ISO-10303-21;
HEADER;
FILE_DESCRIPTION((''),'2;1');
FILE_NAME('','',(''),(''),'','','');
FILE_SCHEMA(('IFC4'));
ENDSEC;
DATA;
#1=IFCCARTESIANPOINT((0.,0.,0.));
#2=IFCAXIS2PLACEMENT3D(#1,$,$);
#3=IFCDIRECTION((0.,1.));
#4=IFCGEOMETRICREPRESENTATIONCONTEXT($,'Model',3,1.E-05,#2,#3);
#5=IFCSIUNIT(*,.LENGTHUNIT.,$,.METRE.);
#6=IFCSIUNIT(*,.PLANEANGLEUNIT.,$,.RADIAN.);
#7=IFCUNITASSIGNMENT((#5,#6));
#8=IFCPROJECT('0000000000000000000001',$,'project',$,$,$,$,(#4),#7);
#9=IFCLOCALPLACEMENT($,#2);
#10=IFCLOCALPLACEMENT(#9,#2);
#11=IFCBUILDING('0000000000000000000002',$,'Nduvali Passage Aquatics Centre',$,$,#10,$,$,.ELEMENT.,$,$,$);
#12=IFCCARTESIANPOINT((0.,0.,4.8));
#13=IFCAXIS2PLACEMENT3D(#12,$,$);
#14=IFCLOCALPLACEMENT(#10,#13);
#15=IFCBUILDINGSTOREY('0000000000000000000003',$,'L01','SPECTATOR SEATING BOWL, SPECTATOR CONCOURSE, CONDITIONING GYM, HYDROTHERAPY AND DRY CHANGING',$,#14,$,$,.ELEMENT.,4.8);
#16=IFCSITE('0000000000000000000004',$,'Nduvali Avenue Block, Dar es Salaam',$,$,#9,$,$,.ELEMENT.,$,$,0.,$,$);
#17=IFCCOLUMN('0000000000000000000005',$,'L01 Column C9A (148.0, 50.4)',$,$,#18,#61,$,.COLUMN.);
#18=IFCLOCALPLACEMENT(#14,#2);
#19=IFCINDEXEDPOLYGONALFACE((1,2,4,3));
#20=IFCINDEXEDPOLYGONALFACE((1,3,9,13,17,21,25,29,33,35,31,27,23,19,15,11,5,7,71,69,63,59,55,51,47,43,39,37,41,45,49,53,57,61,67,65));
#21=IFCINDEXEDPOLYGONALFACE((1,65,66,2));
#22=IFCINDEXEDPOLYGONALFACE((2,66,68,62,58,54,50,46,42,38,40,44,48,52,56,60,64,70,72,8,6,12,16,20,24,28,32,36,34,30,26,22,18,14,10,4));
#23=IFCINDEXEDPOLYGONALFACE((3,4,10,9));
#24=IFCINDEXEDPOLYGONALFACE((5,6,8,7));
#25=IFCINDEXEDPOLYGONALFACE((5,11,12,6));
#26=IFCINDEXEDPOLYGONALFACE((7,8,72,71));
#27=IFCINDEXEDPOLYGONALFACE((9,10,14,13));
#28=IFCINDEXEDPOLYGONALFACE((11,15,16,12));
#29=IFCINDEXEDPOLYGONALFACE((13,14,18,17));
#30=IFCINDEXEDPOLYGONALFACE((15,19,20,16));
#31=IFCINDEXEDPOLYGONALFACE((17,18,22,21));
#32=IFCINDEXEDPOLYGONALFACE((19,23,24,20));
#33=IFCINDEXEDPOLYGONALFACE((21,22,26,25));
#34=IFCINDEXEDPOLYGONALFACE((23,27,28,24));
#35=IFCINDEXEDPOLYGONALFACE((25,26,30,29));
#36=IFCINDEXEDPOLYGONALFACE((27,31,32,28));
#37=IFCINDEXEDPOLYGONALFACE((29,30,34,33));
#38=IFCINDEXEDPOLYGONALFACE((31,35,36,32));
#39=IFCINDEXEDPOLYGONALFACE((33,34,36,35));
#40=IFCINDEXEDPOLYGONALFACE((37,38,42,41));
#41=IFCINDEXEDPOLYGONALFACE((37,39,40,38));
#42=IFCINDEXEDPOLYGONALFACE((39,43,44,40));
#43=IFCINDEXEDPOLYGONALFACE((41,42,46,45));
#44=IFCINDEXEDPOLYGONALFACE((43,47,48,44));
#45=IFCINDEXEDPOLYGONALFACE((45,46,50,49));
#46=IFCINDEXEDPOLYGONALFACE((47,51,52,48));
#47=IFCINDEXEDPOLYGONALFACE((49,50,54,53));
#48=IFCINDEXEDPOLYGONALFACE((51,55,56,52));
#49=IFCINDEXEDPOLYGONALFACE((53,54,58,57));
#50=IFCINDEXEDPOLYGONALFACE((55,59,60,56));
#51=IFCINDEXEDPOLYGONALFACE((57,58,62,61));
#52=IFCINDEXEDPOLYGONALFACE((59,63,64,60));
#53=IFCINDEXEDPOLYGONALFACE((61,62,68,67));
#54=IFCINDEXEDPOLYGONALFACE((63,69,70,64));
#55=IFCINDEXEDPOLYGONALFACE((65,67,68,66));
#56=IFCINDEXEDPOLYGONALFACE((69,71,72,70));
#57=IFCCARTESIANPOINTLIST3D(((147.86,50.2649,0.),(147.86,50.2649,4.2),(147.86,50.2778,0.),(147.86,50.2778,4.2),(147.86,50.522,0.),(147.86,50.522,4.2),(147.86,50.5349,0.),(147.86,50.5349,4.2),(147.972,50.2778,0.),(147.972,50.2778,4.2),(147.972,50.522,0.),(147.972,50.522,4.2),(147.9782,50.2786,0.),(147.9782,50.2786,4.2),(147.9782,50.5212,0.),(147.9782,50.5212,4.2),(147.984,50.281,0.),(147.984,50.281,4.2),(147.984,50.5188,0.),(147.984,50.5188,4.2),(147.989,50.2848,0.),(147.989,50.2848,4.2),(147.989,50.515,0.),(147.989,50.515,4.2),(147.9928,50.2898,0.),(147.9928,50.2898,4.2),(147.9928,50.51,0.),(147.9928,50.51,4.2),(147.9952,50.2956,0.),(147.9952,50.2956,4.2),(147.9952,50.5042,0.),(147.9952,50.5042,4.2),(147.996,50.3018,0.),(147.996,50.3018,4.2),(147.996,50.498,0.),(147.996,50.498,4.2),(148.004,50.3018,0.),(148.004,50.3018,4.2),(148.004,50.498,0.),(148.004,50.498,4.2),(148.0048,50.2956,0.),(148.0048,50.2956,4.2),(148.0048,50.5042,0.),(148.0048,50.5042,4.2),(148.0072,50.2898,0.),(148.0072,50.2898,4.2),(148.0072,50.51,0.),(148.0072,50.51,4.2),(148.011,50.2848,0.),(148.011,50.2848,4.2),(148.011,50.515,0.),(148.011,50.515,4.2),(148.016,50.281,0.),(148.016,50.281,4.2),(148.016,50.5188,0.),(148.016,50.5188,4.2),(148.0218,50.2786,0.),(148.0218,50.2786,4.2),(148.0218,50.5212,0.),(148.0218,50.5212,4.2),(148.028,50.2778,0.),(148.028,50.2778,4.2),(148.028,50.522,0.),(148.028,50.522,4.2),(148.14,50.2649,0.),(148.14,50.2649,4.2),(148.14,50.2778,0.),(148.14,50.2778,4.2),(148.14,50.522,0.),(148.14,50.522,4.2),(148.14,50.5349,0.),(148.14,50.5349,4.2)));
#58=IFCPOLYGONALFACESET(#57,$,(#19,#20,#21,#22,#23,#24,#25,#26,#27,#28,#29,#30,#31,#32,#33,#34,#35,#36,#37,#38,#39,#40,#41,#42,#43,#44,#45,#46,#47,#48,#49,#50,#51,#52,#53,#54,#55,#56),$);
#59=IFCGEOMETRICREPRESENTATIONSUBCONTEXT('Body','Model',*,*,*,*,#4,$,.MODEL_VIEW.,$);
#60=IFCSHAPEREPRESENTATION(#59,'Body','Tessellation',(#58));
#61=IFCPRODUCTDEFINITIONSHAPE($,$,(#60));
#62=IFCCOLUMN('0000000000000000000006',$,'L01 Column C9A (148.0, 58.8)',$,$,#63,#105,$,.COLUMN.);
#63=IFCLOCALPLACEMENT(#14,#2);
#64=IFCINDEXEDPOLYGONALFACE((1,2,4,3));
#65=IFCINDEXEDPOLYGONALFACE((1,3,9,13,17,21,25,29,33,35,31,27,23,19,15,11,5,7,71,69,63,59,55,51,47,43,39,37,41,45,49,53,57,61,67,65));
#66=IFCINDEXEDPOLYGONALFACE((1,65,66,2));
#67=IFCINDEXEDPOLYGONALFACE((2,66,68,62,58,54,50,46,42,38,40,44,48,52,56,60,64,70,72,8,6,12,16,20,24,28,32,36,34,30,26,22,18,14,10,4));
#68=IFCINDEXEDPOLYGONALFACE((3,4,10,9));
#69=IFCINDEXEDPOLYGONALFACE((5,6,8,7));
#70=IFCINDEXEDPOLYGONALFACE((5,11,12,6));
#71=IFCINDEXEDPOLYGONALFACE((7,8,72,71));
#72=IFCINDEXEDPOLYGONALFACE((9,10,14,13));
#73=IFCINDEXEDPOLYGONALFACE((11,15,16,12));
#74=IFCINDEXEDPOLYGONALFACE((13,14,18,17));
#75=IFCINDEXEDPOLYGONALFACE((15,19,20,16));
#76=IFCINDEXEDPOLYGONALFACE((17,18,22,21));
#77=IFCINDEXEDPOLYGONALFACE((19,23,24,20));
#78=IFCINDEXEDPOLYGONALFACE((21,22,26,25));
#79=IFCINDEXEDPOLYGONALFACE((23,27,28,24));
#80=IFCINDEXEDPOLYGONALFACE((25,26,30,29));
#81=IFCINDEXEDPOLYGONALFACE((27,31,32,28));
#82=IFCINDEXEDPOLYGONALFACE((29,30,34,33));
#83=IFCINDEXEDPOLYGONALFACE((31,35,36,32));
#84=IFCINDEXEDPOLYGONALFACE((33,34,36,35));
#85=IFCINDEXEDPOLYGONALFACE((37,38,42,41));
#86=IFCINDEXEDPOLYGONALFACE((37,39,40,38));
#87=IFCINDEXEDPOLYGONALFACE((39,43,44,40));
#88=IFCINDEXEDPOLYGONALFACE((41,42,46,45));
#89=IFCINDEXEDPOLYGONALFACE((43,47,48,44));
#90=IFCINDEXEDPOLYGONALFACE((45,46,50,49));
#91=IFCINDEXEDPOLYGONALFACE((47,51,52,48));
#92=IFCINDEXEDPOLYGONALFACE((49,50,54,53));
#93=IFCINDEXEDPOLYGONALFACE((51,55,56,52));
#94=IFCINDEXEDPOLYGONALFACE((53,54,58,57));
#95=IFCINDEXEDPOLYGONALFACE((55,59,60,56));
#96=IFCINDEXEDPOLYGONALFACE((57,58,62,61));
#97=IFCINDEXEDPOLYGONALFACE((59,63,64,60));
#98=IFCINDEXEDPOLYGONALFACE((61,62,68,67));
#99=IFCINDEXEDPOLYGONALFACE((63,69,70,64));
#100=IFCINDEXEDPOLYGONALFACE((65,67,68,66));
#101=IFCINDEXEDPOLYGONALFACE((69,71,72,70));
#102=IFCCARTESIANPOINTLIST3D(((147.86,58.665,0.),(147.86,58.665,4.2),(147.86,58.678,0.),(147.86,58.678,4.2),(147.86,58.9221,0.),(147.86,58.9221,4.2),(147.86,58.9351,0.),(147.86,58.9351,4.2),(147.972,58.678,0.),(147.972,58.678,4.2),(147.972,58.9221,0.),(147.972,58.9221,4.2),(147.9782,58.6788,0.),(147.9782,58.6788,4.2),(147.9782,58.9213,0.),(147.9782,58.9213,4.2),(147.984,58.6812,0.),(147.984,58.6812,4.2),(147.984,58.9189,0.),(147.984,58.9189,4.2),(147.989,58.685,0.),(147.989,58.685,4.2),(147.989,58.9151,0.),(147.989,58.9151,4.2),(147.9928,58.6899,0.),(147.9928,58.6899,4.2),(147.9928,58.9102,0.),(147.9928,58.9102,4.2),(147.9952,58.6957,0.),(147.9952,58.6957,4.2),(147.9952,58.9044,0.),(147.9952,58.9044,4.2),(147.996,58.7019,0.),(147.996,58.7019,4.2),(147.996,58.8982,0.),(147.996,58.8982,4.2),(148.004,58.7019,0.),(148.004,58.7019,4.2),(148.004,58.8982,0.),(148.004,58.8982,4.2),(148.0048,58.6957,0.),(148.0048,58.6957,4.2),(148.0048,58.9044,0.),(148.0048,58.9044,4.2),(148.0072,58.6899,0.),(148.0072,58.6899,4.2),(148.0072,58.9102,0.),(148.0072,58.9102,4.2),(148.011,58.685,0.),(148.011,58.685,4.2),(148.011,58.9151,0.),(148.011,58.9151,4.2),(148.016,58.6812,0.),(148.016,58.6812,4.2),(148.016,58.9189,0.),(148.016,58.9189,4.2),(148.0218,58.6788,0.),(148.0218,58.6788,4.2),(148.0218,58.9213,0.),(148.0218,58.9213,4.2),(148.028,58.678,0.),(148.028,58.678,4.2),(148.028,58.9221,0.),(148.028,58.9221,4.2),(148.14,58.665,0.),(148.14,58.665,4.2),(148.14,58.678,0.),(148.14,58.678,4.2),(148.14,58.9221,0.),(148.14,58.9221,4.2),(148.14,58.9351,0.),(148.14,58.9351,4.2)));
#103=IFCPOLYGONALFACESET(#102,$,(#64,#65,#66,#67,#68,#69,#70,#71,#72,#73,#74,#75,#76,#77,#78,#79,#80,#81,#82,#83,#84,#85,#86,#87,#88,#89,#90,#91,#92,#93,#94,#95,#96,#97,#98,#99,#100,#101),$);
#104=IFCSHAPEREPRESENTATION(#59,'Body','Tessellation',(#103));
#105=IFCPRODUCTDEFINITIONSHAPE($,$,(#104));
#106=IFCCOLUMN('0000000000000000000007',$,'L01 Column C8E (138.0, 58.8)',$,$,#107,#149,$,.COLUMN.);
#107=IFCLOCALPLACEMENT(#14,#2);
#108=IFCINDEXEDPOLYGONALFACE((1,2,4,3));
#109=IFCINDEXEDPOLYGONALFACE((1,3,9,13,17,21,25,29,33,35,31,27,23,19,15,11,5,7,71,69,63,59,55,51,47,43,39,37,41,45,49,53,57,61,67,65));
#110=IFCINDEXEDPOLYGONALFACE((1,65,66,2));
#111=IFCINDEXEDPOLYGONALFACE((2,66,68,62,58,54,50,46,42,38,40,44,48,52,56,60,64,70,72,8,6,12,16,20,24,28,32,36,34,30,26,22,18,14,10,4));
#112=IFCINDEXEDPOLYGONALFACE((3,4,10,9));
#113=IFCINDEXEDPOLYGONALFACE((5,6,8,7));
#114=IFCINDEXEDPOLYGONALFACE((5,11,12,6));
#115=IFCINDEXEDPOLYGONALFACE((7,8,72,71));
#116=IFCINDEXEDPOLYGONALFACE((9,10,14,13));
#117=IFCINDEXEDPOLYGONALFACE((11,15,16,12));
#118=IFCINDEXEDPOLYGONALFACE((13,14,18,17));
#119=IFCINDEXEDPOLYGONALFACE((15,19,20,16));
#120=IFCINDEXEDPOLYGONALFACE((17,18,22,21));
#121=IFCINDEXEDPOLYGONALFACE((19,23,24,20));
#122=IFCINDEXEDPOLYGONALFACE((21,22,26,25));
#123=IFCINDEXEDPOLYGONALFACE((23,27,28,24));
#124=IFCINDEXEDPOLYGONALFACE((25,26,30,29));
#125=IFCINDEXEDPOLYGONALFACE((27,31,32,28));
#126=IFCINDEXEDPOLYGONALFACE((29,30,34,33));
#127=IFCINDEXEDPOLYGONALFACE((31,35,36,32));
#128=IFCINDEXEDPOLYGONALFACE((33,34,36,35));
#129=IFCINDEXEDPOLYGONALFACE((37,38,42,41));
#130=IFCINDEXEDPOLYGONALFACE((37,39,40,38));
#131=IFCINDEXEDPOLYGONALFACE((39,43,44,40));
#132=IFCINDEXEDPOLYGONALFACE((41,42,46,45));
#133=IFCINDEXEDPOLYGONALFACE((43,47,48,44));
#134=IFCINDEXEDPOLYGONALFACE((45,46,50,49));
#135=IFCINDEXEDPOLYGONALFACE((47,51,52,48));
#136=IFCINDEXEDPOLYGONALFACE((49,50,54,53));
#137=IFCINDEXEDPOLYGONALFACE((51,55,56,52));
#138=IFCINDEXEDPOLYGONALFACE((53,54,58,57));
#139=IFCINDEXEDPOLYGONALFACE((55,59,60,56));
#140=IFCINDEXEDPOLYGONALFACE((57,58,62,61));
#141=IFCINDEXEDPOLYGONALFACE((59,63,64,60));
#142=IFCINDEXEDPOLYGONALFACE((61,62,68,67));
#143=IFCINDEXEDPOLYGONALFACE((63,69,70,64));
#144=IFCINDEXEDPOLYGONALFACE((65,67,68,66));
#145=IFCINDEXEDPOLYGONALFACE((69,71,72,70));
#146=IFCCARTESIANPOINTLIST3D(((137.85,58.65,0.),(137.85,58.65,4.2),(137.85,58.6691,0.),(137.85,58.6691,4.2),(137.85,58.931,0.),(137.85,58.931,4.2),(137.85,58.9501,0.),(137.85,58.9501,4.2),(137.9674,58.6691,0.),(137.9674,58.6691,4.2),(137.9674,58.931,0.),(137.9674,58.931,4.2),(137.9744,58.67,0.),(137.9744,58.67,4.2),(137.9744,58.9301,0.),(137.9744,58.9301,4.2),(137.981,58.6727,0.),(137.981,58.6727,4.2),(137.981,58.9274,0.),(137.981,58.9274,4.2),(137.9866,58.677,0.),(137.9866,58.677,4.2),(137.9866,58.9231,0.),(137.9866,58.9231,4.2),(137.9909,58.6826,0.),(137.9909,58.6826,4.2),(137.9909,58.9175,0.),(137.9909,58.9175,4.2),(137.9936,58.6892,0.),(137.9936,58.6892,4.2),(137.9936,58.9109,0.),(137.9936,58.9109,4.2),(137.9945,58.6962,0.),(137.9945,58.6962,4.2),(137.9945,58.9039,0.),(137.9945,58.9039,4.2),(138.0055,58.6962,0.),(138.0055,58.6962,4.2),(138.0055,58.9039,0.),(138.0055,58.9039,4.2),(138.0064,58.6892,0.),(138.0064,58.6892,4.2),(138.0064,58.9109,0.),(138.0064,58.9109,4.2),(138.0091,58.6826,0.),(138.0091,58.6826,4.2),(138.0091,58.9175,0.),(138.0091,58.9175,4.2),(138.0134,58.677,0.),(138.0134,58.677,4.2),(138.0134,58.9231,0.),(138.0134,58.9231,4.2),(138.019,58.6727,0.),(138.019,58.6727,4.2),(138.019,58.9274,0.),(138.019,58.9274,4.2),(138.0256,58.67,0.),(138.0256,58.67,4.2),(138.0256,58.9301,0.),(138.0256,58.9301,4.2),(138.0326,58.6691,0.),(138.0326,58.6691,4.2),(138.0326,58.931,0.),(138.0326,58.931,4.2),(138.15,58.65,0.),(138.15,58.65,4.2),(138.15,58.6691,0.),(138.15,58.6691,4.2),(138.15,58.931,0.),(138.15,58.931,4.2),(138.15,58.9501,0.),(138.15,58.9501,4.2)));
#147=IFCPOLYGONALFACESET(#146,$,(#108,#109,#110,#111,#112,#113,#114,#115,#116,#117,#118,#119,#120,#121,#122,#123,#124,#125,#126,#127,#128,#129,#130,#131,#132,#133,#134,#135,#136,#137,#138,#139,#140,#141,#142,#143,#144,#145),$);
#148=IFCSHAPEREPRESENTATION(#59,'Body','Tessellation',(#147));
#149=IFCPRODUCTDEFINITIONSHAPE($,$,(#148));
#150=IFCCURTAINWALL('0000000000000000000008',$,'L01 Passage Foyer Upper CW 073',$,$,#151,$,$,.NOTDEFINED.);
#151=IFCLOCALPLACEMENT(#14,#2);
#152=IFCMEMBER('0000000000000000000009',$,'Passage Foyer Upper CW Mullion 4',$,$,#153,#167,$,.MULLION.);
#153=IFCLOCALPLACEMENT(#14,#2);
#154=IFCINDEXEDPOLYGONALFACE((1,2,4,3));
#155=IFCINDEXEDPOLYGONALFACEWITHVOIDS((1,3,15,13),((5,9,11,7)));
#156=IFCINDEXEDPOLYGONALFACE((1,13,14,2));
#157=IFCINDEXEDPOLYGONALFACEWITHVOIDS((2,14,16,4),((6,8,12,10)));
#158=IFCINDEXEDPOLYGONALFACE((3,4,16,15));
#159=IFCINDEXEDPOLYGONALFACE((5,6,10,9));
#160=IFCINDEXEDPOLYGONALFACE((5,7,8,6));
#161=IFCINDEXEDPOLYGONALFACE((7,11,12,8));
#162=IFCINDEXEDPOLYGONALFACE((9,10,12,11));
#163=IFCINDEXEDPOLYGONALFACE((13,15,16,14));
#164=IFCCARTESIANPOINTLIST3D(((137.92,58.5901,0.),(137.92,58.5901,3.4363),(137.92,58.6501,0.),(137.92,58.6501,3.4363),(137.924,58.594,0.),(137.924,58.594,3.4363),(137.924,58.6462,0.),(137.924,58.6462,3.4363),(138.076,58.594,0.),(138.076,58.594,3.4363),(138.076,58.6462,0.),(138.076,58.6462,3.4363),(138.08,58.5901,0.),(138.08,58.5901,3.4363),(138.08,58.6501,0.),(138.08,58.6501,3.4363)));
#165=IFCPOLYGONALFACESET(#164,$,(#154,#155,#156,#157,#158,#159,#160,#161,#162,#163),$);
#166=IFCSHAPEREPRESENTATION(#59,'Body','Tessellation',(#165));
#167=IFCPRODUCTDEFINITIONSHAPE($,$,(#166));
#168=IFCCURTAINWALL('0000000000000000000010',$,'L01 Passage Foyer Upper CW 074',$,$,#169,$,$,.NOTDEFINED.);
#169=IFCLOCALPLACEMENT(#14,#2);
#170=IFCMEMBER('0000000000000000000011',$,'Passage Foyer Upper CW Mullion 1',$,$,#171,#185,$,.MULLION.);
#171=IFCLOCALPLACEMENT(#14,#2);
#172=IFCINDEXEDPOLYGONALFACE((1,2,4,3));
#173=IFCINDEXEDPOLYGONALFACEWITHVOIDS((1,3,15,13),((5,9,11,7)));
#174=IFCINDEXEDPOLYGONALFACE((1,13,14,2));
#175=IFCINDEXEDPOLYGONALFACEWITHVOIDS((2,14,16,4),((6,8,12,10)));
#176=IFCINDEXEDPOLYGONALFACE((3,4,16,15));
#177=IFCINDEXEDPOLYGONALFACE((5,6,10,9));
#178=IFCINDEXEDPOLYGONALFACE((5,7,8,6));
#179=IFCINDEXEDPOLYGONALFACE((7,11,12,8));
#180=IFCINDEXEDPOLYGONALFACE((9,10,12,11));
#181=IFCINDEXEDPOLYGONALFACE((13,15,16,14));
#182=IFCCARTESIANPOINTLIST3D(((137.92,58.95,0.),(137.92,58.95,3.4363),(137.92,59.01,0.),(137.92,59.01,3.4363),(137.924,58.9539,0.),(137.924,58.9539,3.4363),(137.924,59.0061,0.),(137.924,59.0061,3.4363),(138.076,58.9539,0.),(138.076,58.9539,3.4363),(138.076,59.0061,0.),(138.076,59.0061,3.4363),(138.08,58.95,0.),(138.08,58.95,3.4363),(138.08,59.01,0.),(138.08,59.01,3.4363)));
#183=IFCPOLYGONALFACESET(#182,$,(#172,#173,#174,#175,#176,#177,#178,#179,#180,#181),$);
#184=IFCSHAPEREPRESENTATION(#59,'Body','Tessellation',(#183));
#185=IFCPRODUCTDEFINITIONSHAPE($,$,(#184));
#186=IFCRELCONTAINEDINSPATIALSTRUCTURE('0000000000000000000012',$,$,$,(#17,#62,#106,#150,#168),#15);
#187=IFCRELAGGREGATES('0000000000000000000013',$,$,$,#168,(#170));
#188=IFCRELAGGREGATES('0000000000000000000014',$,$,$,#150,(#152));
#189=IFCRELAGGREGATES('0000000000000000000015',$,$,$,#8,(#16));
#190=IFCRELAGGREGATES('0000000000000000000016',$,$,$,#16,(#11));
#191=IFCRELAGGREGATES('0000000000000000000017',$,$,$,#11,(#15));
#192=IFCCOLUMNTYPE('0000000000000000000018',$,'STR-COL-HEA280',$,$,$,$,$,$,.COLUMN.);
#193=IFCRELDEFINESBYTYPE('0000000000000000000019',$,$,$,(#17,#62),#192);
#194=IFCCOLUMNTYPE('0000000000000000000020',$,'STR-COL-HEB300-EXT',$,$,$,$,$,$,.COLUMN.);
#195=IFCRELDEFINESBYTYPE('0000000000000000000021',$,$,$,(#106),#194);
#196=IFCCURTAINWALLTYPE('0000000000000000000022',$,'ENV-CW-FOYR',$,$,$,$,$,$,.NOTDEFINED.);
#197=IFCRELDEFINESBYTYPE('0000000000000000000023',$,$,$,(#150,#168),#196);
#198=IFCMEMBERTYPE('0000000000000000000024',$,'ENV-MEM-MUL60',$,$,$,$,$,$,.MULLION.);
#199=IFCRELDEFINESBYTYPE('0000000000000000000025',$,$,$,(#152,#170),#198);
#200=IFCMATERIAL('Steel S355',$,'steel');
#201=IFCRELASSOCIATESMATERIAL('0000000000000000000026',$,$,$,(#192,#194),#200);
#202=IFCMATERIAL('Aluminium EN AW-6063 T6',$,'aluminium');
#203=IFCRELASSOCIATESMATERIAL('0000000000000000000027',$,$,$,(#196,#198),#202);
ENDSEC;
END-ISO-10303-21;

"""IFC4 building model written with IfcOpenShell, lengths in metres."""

from ifc_helpers import new_model, si_unit, direction, frame, origin, origin_2d, place, context, subcontext, project, spatial, hollow_rectangle, i_section, extrude, material, material_profile, profile_set, type_object, element, aggregate, save


model = new_model("IFC4")

# Units and contexts
model_context = context("Model", 3, precision=1e-05, world=origin(), true_north=direction((0.0, 1.0)))
body_context = subcontext(model_context, "Body", "Model", "MODEL_VIEW")
ifc_project = project(units=[si_unit("LENGTHUNIT", "METRE"), si_unit("PLANEANGLEUNIT", "RADIAN")], contexts=[model_context])

# Site, building, storey
site_placement = place(None, origin())
site = spatial("IfcSite", under=ifc_project, at=site_placement, Name="Nduvali Avenue Block, Dar es Salaam", CompositionType="ELEMENT", RefElevation=0.0)
building_placement = place(site_placement, origin())
building = spatial("IfcBuilding", under=site, at=building_placement, Name="Nduvali Passage Aquatics Centre", CompositionType="ELEMENT")
storey_placement = place(building_placement, frame((0.0, 0.0, 4.8)))
storey = spatial("IfcBuildingStorey", under=building, at=storey_placement, Name="L01", Description="SPECTATOR SEATING BOWL, SPECTATOR CONCOURSE, CONDITIONING GYM, HYDROTHERAPY AND DRY CHANGING", CompositionType="ELEMENT", Elevation=4.8)

# Columns
ifc_material_1 = material(Name="Steel S355", Category="steel")
ifc_material_profile_1 = material_profile(ifc_material_1, i_section(OverallWidth=0.28, OverallDepth=0.27, WebThickness=0.0081, FlangeThickness=0.0129, FilletRadius=0.0239, at=origin_2d()), Name="HEA 280")
ifc_profile_set_1 = profile_set([ifc_material_profile_1], Name="Steel S355")
column_type_1 = type_object("IfcColumnType", Name="STR-COL-HEA280", PredefinedType="COLUMN", material=ifc_profile_set_1)
for number, where, z_axis, x_axis, name in (
    (1, (148.0, 50.3999, 0.0), (0.0, 0.0, 1.0), (1.0, 0.0, 0.0), "L01 Column C9A (148.0, 50.4)"),
    (2, (148.0, 58.8, 0.0), (0.0, 0.0, 1.0), (1.0, 0.0, 0.0), "L01 Column C9A (148.0, 58.8)"),
):
    element("IfcColumn", number, at=place(storey_placement, frame(where, z_axis=z_axis, x_axis=x_axis)), inside=storey, type_object=column_type_1, Name=name, PredefinedType="COLUMN", context=body_context, shape_type="SweptSolid", body=[
        extrude(i_section(OverallWidth=0.28, OverallDepth=0.27, WebThickness=0.0081, FlangeThickness=0.0129, FilletRadius=0.0239, at=origin_2d()), origin(), (0.0, 0.0, 1.0), 4.2),
    ])
ifc_material_profile_2 = material_profile(ifc_material_1, i_section(OverallWidth=0.3, OverallDepth=0.3, WebThickness=0.011, FlangeThickness=0.019, FilletRadius=0.0271, at=origin_2d()), Name="HEB 300")
ifc_profile_set_2 = profile_set([ifc_material_profile_2], Name="Steel S355")
column_type_2 = type_object("IfcColumnType", Name="STR-COL-HEB300-EXT", PredefinedType="COLUMN", material=ifc_profile_set_2)
column_placement = place(storey_placement, frame((138.0, 58.8, 0.0), z_axis=(0.0, 0.0, 1.0), x_axis=(1.0, 0.0, 0.0)))
element("IfcColumn", 3, at=column_placement, inside=storey, type_object=column_type_2, Name="L01 Column C8E (138.0, 58.8)", PredefinedType="COLUMN", context=body_context, shape_type="SweptSolid", body=[
    extrude(i_section(OverallWidth=0.3, OverallDepth=0.3, WebThickness=0.011, FlangeThickness=0.019, FilletRadius=0.0271, at=origin_2d()), origin(), (0.0, 0.0, 1.0), 4.2),
])

# Curtain walls, members
ifc_material_2 = material(Name="Aluminium EN AW-6063 T6", Category="aluminium")
curtain_wall_type = type_object("IfcCurtainWallType", Name="ENV-CW-FOYR", PredefinedType="NOTDEFINED", material=ifc_material_2)
curtain_wall_1_placement = place(storey_placement, origin())
curtain_wall_1 = element("IfcCurtainWall", 4, at=curtain_wall_1_placement, inside=storey, type_object=curtain_wall_type, Name="L01 Passage Foyer Upper CW 073", PredefinedType="NOTDEFINED")
ifc_material_profile_3 = material_profile(ifc_material_2, hollow_rectangle(XDim=0.0601, YDim=0.1599, WallThickness=0.0039, at=origin_2d()), Name="ALU MULLION 60x160x4")
ifc_profile_set_3 = profile_set([ifc_material_profile_3], Name="Aluminium EN AW-6063 T6")
member_type_1 = type_object("IfcMemberType", Name="ENV-MEM-MUL60", PredefinedType="MULLION", material=ifc_profile_set_3)
member_1_placement = place(storey_placement, frame((138.0, 58.6201, 0.0), z_axis=(0.0, 0.0, 1.0), x_axis=(0.0, 1.0, 0.0)))
member_1 = element("IfcMember", 5, at=member_1_placement, type_object=member_type_1, Name="Passage Foyer Upper CW Mullion 4", PredefinedType="MULLION", context=body_context, shape_type="SweptSolid", body=[
    extrude(hollow_rectangle(XDim=0.0601, YDim=0.1599, WallThickness=0.0039, at=origin_2d()), origin(), (0.0, 0.0, 1.0), 3.4363),
])
curtain_wall_2_placement = place(storey_placement, origin())
curtain_wall_2 = element("IfcCurtainWall", 6, at=curtain_wall_2_placement, inside=storey, type_object=curtain_wall_type, Name="L01 Passage Foyer Upper CW 074", PredefinedType="NOTDEFINED")
member_2_placement = place(storey_placement, frame((138.0, 58.98, 0.0), z_axis=(0.0, 0.0, 1.0), x_axis=(0.0, 1.0, 0.0)))
member_2 = element("IfcMember", 7, at=member_2_placement, type_object=member_type_1, Name="Passage Foyer Upper CW Mullion 1", PredefinedType="MULLION", context=body_context, shape_type="SweptSolid", body=[
    extrude(hollow_rectangle(XDim=0.0601, YDim=0.1599, WallThickness=0.0039, at=origin_2d()), origin(), (0.0, 0.0, 1.0), 3.4363),
])

aggregate(curtain_wall_2, [member_2])

aggregate(curtain_wall_1, [member_1])

save(model, "model.ifc")
